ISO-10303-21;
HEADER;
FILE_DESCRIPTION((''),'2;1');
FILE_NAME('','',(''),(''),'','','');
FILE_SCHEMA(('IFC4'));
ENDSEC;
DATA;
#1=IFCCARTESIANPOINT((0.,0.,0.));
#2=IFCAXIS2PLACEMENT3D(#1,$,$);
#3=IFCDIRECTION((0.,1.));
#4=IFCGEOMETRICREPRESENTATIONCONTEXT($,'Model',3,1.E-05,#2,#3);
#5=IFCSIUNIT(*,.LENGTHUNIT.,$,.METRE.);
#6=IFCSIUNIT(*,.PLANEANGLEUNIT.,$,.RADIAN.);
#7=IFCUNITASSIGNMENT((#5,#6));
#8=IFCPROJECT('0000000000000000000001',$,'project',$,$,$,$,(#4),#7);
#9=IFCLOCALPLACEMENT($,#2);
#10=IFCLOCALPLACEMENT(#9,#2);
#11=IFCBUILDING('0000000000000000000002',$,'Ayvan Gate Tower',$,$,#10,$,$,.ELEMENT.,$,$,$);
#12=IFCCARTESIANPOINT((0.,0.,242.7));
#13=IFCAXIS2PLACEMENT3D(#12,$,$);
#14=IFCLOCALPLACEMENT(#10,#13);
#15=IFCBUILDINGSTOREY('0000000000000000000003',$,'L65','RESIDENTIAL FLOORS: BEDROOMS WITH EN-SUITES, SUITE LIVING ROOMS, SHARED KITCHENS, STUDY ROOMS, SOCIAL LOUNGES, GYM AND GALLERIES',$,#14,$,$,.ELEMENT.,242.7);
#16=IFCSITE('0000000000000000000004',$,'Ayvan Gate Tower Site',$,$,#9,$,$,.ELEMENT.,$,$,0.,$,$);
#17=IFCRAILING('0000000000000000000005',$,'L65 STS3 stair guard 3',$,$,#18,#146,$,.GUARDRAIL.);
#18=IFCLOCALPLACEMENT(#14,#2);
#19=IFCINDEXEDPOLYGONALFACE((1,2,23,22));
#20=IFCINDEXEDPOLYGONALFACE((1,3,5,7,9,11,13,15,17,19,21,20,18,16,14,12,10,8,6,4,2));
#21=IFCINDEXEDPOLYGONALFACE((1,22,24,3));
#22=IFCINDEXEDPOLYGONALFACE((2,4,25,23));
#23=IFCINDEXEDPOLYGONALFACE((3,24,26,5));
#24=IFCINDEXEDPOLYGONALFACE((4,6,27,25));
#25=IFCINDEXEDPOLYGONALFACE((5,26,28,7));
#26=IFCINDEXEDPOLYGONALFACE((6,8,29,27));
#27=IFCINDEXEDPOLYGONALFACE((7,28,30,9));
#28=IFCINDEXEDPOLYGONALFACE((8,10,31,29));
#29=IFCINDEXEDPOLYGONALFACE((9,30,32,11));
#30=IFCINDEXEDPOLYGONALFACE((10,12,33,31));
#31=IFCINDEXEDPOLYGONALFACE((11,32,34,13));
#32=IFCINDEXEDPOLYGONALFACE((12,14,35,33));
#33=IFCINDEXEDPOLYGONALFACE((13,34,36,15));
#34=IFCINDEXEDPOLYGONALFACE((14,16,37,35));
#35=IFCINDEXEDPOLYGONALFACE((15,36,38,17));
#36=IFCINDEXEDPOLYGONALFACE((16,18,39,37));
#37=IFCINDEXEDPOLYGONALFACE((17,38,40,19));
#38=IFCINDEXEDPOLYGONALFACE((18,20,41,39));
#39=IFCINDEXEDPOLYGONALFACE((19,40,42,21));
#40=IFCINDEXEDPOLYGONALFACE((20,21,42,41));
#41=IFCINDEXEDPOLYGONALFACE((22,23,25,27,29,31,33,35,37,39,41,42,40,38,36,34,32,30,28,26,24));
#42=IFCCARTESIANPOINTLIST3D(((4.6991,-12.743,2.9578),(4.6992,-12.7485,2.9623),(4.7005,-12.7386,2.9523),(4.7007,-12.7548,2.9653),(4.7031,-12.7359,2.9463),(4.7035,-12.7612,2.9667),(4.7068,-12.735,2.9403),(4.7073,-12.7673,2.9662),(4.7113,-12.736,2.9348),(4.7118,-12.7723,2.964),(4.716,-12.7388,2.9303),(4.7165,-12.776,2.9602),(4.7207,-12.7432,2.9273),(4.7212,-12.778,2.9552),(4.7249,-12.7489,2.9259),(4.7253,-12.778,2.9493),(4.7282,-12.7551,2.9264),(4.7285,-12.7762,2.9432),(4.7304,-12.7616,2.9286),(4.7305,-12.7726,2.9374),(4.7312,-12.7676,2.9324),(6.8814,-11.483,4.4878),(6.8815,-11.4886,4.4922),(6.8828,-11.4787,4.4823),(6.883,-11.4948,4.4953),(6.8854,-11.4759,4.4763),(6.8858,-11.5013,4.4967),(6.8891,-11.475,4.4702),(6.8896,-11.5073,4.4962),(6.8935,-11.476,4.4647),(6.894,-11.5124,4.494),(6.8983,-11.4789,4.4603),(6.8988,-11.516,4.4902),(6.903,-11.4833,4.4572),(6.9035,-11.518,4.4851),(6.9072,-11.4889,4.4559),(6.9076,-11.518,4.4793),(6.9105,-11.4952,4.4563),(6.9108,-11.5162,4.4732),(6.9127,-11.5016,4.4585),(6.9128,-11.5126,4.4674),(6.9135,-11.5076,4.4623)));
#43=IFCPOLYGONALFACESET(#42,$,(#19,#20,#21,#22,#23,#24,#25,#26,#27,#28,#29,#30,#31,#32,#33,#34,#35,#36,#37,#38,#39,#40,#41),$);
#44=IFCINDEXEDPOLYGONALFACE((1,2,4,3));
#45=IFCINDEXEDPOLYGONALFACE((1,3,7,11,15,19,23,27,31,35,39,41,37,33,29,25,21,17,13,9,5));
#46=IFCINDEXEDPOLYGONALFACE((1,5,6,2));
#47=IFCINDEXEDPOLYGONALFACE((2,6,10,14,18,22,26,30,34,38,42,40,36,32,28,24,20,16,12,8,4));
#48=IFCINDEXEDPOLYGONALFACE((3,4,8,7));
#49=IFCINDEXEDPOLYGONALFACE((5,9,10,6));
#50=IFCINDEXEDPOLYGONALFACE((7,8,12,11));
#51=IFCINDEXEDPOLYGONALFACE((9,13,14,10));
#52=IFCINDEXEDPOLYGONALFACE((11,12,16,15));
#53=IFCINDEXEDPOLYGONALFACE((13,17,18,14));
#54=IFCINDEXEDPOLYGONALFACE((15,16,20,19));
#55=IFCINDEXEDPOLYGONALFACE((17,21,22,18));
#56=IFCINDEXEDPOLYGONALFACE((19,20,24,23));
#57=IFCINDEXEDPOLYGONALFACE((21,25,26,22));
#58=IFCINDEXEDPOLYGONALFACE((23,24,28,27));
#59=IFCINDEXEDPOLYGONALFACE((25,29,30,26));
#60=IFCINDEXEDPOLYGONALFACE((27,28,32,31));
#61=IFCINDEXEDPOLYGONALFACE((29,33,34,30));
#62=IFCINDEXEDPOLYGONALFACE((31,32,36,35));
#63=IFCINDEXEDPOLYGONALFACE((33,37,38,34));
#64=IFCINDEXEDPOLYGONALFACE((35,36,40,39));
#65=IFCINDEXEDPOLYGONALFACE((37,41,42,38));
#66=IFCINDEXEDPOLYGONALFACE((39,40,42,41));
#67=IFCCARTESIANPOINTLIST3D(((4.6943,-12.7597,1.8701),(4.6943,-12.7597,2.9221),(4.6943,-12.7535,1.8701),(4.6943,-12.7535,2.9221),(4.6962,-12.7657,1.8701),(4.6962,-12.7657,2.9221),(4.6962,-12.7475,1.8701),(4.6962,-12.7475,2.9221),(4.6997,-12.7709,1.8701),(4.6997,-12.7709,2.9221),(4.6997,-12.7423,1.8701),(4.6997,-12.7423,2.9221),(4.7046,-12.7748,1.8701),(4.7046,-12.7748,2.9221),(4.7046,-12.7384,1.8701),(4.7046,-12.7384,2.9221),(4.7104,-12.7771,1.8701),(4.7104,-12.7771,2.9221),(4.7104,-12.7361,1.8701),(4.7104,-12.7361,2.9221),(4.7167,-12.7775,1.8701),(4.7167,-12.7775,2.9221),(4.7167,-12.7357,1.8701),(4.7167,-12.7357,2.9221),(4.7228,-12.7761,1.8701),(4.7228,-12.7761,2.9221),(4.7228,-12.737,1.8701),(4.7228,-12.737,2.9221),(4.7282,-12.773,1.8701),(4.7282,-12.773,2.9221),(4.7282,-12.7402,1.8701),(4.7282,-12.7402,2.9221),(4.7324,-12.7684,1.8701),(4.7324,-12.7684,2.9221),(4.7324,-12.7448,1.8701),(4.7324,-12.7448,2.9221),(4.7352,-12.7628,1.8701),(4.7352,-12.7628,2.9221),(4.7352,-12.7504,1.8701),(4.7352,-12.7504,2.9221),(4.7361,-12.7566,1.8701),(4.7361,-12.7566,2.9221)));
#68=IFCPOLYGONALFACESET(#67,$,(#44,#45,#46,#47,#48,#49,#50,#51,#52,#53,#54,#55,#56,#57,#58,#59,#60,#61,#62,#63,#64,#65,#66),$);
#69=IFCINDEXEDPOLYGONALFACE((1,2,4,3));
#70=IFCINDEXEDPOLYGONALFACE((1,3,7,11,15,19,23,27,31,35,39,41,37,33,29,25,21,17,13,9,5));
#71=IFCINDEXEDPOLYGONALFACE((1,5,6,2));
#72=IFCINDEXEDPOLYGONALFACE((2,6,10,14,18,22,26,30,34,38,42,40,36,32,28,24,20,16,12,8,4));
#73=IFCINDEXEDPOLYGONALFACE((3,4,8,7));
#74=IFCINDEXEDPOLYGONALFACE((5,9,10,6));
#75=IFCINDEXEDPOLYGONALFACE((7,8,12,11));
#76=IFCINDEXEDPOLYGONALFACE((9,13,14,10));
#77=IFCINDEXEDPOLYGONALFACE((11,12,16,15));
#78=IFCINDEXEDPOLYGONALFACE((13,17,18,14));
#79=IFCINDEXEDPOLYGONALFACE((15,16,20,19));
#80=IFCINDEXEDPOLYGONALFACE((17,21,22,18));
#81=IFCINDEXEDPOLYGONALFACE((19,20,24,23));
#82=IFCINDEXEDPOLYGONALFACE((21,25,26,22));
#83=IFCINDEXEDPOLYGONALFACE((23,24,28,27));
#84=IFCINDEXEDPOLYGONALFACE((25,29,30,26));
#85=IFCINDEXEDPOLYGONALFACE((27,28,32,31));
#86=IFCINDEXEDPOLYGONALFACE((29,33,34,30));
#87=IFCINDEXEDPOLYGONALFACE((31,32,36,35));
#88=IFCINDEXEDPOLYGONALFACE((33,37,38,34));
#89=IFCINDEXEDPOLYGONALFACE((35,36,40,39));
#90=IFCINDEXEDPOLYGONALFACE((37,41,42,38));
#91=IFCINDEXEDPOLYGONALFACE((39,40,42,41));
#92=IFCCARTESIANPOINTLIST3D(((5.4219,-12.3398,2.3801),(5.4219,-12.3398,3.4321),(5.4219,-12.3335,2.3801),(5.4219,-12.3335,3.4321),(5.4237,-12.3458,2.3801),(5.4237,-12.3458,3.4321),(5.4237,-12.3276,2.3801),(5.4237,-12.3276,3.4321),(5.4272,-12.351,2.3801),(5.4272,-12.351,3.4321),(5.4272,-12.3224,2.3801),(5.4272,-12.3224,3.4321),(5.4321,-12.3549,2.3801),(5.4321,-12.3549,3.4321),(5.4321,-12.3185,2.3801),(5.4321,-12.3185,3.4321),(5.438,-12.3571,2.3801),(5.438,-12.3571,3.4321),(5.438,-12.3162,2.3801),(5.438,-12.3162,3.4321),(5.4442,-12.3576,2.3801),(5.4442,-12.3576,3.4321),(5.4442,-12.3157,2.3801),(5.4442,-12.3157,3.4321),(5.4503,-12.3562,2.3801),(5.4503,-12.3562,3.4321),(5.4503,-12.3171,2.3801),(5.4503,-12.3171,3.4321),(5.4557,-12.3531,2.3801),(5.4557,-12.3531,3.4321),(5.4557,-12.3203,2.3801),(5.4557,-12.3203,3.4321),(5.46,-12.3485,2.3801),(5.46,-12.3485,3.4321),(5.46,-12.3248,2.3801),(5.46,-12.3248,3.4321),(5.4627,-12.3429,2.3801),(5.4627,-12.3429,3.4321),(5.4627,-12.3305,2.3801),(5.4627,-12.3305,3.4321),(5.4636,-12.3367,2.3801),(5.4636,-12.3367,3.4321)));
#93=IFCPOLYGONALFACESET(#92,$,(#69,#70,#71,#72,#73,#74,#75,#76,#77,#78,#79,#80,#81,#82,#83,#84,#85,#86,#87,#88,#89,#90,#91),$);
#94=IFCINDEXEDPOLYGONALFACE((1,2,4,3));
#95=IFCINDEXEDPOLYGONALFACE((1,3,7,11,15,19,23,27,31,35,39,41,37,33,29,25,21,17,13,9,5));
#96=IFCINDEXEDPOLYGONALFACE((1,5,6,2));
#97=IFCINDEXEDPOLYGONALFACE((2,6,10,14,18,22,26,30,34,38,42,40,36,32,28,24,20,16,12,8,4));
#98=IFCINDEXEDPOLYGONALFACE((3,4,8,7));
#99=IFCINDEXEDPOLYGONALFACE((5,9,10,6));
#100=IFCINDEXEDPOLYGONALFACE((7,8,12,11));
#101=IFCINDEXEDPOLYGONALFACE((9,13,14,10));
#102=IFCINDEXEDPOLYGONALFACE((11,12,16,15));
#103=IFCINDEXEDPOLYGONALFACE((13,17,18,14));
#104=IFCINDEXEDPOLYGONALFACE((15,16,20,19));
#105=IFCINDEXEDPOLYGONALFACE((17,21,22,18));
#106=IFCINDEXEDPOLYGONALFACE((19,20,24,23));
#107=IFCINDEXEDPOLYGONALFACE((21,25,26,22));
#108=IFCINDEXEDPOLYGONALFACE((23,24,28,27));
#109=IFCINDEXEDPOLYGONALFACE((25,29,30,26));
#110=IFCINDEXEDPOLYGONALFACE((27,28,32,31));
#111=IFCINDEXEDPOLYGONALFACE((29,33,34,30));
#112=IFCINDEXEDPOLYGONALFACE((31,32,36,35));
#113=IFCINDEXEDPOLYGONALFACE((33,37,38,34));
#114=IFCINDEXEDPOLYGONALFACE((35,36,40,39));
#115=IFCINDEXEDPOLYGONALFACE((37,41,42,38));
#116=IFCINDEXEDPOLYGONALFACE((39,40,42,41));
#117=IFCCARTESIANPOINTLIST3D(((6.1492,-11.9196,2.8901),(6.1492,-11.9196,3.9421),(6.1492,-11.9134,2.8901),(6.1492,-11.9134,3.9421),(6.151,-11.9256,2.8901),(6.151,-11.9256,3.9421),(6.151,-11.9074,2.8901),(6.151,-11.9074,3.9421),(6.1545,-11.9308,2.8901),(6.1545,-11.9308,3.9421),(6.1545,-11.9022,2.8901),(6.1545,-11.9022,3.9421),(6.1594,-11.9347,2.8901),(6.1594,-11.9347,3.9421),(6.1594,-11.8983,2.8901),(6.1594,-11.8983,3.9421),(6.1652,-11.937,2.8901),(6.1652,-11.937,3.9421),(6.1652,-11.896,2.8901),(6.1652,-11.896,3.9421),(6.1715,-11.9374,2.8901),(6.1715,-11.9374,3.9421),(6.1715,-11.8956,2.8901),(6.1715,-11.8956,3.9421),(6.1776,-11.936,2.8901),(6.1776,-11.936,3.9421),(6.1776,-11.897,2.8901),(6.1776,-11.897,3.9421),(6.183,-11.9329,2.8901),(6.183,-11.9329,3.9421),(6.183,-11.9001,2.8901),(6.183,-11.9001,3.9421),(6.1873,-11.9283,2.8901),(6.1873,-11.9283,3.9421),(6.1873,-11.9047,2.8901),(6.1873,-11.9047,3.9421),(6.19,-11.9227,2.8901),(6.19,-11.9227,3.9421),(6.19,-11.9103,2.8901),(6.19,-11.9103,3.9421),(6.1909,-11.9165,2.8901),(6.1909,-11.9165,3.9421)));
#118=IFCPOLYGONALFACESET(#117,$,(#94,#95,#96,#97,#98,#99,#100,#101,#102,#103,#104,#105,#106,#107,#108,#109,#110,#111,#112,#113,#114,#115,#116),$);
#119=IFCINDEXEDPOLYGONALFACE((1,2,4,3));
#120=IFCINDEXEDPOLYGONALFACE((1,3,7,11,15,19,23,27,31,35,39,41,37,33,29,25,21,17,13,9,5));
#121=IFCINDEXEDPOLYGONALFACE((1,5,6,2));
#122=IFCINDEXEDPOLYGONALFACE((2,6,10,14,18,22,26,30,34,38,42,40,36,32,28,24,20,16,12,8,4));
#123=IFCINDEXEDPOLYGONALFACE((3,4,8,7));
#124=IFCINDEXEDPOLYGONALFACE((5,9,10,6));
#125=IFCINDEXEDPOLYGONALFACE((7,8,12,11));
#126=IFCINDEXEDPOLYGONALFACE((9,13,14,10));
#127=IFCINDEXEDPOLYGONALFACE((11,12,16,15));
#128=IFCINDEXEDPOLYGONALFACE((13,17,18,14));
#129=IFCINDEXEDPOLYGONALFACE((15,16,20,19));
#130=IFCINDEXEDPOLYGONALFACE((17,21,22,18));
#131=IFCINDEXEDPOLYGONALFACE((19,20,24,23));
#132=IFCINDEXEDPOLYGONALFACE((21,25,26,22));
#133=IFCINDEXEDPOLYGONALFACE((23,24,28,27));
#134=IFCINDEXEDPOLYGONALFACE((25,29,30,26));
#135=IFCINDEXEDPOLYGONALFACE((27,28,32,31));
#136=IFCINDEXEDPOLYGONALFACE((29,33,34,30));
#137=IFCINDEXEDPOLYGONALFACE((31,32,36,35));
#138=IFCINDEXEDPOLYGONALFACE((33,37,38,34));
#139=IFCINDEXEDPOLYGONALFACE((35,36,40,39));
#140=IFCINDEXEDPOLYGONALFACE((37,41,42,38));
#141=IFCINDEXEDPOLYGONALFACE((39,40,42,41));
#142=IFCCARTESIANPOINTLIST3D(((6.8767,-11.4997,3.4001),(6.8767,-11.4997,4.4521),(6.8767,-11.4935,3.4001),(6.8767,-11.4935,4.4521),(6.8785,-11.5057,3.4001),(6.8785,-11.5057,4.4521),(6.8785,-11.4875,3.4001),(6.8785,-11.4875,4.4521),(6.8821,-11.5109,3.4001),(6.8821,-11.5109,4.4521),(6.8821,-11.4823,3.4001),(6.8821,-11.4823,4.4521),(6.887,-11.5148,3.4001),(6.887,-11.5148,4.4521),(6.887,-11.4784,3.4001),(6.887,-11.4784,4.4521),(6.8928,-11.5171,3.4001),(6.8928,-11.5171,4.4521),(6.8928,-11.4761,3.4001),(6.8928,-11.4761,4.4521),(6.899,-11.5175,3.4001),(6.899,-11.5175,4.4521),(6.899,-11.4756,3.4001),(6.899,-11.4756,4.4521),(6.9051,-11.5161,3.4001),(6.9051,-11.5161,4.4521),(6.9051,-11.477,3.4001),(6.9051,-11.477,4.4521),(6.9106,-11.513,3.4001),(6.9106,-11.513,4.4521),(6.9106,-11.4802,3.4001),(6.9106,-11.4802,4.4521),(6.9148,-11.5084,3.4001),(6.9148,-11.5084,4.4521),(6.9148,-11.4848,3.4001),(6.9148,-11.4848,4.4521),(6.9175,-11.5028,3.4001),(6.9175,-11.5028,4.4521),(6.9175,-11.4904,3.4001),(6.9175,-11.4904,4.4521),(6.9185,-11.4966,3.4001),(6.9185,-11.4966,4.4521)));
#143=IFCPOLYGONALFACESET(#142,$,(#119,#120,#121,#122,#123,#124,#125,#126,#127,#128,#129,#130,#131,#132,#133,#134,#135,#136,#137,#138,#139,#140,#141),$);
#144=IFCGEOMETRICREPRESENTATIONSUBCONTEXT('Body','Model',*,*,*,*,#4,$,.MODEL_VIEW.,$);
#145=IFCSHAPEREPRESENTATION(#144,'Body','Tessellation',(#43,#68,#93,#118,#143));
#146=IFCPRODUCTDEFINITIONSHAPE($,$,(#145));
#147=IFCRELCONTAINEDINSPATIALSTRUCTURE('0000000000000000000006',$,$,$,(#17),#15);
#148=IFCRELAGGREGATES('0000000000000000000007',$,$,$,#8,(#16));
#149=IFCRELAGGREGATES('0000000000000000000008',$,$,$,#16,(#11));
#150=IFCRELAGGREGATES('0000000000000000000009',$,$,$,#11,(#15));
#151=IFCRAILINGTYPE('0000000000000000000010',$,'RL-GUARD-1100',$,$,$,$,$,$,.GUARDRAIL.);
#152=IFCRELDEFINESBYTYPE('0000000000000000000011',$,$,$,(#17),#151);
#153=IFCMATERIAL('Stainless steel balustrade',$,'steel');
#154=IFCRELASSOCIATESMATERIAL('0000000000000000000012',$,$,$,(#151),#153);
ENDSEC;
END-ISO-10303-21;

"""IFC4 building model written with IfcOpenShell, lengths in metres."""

from ifc_helpers import new_model, si_unit, direction, frame, origin, origin_2d, place, context, subcontext, project, spatial, circle, extrude, material, type_object, element, save


model = new_model("IFC4")

# Units and contexts
model_context = context("Model", 3, precision=1e-05, world=origin(), true_north=direction((0.0, 1.0)))
body_context = subcontext(model_context, "Body", "Model", "MODEL_VIEW")
ifc_project = project(units=[si_unit("LENGTHUNIT", "METRE"), si_unit("PLANEANGLEUNIT", "RADIAN")], contexts=[model_context])

# Site, building, storey
site_placement = place(None, origin())
site = spatial("IfcSite", under=ifc_project, at=site_placement, Name="Ayvan Gate Tower Site", CompositionType="ELEMENT", RefElevation=0.0)
building_placement = place(site_placement, origin())
building = spatial("IfcBuilding", under=site, at=building_placement, Name="Ayvan Gate Tower", CompositionType="ELEMENT")
storey_placement = place(building_placement, frame((0.0, 0.0, 242.7)))
storey = spatial("IfcBuildingStorey", under=building, at=storey_placement, Name="L65", Description="RESIDENTIAL FLOORS: BEDROOMS WITH EN-SUITES, SUITE LIVING ROOMS, SHARED KITCHENS, STUDY ROOMS, SOCIAL LOUNGES, GYM AND GALLERIES", CompositionType="ELEMENT", Elevation=242.7)

# Railing
ifc_material_1 = material(Name="Stainless steel balustrade", Category="steel")
railing_type_1 = type_object("IfcRailingType", Name="RL-GUARD-1100", PredefinedType="GUARDRAIL", material=ifc_material_1)
railing_1_placement = place(storey_placement, frame((4.7151, -12.7566, 1.8701)))
element("IfcRailing", 1, at=railing_1_placement, inside=storey, type_object=railing_type_1, Name="L65 STS3 stair guard 3", PredefinedType="GUARDRAIL", context=body_context, shape_type="SweptSolid", body=[
    extrude(circle(Radius=0.0239, at=origin_2d()), frame((0.0, 0.0, 1.0762), z_axis=(0.740261, 0.427395, 0.518986), x_axis=(-0.500005, 0.866023, 0.0)), (0.0, 0.0, 1.0), 2.948),
    extrude(circle(Radius=0.021, at=origin_2d()), origin(), (0.0, 0.0, 1.0), 1.052),
    extrude(circle(Radius=0.021, at=origin_2d()), frame((0.7275, 0.4199, 0.51)), (0.0, 0.0, 1.0), 1.052),
    extrude(circle(Radius=0.021, at=origin_2d()), frame((1.4548, 0.8401, 1.02)), (0.0, 0.0, 1.0), 1.052),
    extrude(circle(Radius=0.021, at=origin_2d()), frame((2.1824, 1.26, 1.53)), (0.0, 0.0, 1.0), 1.052),
])

save(model, "model.ifc")
